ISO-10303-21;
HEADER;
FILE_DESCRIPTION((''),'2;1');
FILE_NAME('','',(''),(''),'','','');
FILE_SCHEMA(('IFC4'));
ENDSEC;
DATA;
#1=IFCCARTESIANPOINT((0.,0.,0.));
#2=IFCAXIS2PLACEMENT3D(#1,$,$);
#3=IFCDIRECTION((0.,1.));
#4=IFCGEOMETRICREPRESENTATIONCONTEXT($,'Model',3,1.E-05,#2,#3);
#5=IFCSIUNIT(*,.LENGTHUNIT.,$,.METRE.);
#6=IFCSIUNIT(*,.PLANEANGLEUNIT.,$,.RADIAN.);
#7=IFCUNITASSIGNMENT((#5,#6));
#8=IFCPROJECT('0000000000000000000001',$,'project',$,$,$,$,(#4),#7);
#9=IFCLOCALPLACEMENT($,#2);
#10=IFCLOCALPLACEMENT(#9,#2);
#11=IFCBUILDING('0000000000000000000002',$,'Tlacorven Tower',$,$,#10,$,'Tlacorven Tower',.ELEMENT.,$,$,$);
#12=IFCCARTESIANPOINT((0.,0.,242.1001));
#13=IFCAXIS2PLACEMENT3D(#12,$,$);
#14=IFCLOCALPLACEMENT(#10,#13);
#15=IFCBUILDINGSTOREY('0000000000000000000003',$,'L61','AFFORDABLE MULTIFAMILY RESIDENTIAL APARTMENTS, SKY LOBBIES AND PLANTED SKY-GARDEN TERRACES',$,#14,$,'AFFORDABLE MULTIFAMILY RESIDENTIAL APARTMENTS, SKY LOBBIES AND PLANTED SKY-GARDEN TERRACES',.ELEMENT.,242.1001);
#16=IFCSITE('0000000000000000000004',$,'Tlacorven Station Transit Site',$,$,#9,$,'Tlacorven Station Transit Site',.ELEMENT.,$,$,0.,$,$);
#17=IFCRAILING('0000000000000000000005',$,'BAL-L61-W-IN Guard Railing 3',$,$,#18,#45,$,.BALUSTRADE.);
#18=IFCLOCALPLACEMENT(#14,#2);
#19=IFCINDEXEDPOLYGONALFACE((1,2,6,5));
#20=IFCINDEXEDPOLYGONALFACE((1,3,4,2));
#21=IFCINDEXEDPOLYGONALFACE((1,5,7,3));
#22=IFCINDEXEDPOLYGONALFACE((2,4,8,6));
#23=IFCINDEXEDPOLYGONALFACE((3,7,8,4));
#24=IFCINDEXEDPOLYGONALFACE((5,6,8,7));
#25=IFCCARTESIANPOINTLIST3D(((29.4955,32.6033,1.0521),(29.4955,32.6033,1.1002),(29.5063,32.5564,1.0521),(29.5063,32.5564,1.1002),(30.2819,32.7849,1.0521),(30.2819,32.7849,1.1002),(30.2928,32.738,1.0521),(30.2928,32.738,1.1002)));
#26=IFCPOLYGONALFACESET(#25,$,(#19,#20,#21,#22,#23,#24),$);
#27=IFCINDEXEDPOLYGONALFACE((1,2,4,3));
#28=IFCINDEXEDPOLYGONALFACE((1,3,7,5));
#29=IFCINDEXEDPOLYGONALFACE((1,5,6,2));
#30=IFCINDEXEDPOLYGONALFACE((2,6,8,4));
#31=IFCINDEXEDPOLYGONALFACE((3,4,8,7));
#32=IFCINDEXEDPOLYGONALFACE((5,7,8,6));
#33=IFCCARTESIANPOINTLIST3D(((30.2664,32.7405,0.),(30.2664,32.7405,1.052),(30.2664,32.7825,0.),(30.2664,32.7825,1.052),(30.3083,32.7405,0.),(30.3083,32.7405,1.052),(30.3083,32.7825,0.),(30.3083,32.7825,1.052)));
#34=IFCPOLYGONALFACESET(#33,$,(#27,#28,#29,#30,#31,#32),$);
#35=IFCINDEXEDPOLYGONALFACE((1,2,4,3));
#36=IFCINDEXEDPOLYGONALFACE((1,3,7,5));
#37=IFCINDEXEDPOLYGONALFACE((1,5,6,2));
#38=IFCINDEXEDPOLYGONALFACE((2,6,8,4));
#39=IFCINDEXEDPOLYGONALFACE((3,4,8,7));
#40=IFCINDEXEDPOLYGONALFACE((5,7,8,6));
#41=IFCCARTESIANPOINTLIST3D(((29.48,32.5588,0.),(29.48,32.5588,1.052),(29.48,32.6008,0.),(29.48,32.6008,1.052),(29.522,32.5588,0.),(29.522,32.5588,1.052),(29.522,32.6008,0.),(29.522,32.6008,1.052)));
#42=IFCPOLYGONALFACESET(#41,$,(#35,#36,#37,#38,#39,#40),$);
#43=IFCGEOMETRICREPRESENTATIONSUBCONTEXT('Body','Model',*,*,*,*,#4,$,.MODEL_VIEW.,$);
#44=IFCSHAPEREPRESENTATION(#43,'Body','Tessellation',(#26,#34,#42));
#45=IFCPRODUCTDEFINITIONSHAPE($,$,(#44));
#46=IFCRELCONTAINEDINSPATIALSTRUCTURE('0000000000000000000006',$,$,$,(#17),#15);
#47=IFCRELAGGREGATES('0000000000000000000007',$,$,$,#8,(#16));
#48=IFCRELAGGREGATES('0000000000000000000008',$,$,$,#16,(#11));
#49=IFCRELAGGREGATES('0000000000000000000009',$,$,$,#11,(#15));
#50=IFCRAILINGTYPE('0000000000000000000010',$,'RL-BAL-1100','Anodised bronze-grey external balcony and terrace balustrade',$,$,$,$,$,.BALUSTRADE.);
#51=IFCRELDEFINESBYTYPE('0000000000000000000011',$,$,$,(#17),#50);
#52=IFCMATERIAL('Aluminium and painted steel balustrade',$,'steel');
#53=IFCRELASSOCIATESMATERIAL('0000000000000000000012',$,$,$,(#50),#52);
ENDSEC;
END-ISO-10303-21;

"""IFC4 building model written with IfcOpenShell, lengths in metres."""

from ifc_helpers import new_model, si_unit, direction, frame, origin, origin_2d, place, context, subcontext, project, spatial, rectangle, extrude, source, transform, mapped, material, type_object, element, save


model = new_model("IFC4")

# Units and contexts
model_context = context("Model", 3, precision=1e-05, world=origin(), true_north=direction((0.0, 1.0)))
body_context = subcontext(model_context, "Body", "Model", "MODEL_VIEW")
ifc_project = project(units=[si_unit("LENGTHUNIT", "METRE"), si_unit("PLANEANGLEUNIT", "RADIAN")], contexts=[model_context])

# Site, building, storey
site_placement = place(None, origin())
site = spatial("IfcSite", under=ifc_project, at=site_placement, Name="Tlacorven Station Transit Site", LongName="Tlacorven Station Transit Site", CompositionType="ELEMENT", RefElevation=0.0)
building_placement = place(site_placement, origin())
building = spatial("IfcBuilding", under=site, at=building_placement, Name="Tlacorven Tower", LongName="Tlacorven Tower", CompositionType="ELEMENT")
storey_placement = place(building_placement, frame((0.0, 0.0, 242.1001)))
storey = spatial("IfcBuildingStorey", under=building, at=storey_placement, Name="L61", Description="AFFORDABLE MULTIFAMILY RESIDENTIAL APARTMENTS, SKY LOBBIES AND PLANTED SKY-GARDEN TERRACES", LongName="AFFORDABLE MULTIFAMILY RESIDENTIAL APARTMENTS, SKY LOBBIES AND PLANTED SKY-GARDEN TERRACES", CompositionType="ELEMENT", Elevation=242.1001)

# Railing
ifc_material_1 = material(Name="Aluminium and painted steel balustrade", Category="steel")
railing_type = type_object("IfcRailingType", Name="RL-BAL-1100", Description="Anodised bronze-grey external balcony and terrace balustrade", PredefinedType="BALUSTRADE", material=ifc_material_1)
shared_shape_1 = source(origin(), body_context, "Body", "SweptSolid", [
    extrude(rectangle(XDim=0.0481, YDim=0.0481, at=origin_2d()), frame((0.0, 0.0, 1.0762), z_axis=(-0.974345, -0.225058, 0.0), x_axis=(0.225058, -0.974345, 0.0)), (0.0, 0.0, 1.0), 0.8071),
    extrude(rectangle(XDim=0.042, YDim=0.042, at=origin_2d()), origin(), (0.0, 0.0, 1.0), 1.052),
    extrude(rectangle(XDim=0.042, YDim=0.042, at=origin_2d()), frame((-0.7864, -0.1816, 0.0)), (0.0, 0.0, 1.0), 1.052),
])
railing_1_placement = place(storey_placement, frame((30.2874, 32.7615, 0.0)))
element("IfcRailing", 1, at=railing_1_placement, inside=storey, type_object=railing_type, Name="BAL-L61-W-IN Guard Railing 3", PredefinedType="BALUSTRADE", context=body_context, shape_type="MappedRepresentation", body=[
    mapped(shared_shape_1, transform((0.0, 0.0, 0.0), scale=1.0)),
])

save(model, "model.ifc")
